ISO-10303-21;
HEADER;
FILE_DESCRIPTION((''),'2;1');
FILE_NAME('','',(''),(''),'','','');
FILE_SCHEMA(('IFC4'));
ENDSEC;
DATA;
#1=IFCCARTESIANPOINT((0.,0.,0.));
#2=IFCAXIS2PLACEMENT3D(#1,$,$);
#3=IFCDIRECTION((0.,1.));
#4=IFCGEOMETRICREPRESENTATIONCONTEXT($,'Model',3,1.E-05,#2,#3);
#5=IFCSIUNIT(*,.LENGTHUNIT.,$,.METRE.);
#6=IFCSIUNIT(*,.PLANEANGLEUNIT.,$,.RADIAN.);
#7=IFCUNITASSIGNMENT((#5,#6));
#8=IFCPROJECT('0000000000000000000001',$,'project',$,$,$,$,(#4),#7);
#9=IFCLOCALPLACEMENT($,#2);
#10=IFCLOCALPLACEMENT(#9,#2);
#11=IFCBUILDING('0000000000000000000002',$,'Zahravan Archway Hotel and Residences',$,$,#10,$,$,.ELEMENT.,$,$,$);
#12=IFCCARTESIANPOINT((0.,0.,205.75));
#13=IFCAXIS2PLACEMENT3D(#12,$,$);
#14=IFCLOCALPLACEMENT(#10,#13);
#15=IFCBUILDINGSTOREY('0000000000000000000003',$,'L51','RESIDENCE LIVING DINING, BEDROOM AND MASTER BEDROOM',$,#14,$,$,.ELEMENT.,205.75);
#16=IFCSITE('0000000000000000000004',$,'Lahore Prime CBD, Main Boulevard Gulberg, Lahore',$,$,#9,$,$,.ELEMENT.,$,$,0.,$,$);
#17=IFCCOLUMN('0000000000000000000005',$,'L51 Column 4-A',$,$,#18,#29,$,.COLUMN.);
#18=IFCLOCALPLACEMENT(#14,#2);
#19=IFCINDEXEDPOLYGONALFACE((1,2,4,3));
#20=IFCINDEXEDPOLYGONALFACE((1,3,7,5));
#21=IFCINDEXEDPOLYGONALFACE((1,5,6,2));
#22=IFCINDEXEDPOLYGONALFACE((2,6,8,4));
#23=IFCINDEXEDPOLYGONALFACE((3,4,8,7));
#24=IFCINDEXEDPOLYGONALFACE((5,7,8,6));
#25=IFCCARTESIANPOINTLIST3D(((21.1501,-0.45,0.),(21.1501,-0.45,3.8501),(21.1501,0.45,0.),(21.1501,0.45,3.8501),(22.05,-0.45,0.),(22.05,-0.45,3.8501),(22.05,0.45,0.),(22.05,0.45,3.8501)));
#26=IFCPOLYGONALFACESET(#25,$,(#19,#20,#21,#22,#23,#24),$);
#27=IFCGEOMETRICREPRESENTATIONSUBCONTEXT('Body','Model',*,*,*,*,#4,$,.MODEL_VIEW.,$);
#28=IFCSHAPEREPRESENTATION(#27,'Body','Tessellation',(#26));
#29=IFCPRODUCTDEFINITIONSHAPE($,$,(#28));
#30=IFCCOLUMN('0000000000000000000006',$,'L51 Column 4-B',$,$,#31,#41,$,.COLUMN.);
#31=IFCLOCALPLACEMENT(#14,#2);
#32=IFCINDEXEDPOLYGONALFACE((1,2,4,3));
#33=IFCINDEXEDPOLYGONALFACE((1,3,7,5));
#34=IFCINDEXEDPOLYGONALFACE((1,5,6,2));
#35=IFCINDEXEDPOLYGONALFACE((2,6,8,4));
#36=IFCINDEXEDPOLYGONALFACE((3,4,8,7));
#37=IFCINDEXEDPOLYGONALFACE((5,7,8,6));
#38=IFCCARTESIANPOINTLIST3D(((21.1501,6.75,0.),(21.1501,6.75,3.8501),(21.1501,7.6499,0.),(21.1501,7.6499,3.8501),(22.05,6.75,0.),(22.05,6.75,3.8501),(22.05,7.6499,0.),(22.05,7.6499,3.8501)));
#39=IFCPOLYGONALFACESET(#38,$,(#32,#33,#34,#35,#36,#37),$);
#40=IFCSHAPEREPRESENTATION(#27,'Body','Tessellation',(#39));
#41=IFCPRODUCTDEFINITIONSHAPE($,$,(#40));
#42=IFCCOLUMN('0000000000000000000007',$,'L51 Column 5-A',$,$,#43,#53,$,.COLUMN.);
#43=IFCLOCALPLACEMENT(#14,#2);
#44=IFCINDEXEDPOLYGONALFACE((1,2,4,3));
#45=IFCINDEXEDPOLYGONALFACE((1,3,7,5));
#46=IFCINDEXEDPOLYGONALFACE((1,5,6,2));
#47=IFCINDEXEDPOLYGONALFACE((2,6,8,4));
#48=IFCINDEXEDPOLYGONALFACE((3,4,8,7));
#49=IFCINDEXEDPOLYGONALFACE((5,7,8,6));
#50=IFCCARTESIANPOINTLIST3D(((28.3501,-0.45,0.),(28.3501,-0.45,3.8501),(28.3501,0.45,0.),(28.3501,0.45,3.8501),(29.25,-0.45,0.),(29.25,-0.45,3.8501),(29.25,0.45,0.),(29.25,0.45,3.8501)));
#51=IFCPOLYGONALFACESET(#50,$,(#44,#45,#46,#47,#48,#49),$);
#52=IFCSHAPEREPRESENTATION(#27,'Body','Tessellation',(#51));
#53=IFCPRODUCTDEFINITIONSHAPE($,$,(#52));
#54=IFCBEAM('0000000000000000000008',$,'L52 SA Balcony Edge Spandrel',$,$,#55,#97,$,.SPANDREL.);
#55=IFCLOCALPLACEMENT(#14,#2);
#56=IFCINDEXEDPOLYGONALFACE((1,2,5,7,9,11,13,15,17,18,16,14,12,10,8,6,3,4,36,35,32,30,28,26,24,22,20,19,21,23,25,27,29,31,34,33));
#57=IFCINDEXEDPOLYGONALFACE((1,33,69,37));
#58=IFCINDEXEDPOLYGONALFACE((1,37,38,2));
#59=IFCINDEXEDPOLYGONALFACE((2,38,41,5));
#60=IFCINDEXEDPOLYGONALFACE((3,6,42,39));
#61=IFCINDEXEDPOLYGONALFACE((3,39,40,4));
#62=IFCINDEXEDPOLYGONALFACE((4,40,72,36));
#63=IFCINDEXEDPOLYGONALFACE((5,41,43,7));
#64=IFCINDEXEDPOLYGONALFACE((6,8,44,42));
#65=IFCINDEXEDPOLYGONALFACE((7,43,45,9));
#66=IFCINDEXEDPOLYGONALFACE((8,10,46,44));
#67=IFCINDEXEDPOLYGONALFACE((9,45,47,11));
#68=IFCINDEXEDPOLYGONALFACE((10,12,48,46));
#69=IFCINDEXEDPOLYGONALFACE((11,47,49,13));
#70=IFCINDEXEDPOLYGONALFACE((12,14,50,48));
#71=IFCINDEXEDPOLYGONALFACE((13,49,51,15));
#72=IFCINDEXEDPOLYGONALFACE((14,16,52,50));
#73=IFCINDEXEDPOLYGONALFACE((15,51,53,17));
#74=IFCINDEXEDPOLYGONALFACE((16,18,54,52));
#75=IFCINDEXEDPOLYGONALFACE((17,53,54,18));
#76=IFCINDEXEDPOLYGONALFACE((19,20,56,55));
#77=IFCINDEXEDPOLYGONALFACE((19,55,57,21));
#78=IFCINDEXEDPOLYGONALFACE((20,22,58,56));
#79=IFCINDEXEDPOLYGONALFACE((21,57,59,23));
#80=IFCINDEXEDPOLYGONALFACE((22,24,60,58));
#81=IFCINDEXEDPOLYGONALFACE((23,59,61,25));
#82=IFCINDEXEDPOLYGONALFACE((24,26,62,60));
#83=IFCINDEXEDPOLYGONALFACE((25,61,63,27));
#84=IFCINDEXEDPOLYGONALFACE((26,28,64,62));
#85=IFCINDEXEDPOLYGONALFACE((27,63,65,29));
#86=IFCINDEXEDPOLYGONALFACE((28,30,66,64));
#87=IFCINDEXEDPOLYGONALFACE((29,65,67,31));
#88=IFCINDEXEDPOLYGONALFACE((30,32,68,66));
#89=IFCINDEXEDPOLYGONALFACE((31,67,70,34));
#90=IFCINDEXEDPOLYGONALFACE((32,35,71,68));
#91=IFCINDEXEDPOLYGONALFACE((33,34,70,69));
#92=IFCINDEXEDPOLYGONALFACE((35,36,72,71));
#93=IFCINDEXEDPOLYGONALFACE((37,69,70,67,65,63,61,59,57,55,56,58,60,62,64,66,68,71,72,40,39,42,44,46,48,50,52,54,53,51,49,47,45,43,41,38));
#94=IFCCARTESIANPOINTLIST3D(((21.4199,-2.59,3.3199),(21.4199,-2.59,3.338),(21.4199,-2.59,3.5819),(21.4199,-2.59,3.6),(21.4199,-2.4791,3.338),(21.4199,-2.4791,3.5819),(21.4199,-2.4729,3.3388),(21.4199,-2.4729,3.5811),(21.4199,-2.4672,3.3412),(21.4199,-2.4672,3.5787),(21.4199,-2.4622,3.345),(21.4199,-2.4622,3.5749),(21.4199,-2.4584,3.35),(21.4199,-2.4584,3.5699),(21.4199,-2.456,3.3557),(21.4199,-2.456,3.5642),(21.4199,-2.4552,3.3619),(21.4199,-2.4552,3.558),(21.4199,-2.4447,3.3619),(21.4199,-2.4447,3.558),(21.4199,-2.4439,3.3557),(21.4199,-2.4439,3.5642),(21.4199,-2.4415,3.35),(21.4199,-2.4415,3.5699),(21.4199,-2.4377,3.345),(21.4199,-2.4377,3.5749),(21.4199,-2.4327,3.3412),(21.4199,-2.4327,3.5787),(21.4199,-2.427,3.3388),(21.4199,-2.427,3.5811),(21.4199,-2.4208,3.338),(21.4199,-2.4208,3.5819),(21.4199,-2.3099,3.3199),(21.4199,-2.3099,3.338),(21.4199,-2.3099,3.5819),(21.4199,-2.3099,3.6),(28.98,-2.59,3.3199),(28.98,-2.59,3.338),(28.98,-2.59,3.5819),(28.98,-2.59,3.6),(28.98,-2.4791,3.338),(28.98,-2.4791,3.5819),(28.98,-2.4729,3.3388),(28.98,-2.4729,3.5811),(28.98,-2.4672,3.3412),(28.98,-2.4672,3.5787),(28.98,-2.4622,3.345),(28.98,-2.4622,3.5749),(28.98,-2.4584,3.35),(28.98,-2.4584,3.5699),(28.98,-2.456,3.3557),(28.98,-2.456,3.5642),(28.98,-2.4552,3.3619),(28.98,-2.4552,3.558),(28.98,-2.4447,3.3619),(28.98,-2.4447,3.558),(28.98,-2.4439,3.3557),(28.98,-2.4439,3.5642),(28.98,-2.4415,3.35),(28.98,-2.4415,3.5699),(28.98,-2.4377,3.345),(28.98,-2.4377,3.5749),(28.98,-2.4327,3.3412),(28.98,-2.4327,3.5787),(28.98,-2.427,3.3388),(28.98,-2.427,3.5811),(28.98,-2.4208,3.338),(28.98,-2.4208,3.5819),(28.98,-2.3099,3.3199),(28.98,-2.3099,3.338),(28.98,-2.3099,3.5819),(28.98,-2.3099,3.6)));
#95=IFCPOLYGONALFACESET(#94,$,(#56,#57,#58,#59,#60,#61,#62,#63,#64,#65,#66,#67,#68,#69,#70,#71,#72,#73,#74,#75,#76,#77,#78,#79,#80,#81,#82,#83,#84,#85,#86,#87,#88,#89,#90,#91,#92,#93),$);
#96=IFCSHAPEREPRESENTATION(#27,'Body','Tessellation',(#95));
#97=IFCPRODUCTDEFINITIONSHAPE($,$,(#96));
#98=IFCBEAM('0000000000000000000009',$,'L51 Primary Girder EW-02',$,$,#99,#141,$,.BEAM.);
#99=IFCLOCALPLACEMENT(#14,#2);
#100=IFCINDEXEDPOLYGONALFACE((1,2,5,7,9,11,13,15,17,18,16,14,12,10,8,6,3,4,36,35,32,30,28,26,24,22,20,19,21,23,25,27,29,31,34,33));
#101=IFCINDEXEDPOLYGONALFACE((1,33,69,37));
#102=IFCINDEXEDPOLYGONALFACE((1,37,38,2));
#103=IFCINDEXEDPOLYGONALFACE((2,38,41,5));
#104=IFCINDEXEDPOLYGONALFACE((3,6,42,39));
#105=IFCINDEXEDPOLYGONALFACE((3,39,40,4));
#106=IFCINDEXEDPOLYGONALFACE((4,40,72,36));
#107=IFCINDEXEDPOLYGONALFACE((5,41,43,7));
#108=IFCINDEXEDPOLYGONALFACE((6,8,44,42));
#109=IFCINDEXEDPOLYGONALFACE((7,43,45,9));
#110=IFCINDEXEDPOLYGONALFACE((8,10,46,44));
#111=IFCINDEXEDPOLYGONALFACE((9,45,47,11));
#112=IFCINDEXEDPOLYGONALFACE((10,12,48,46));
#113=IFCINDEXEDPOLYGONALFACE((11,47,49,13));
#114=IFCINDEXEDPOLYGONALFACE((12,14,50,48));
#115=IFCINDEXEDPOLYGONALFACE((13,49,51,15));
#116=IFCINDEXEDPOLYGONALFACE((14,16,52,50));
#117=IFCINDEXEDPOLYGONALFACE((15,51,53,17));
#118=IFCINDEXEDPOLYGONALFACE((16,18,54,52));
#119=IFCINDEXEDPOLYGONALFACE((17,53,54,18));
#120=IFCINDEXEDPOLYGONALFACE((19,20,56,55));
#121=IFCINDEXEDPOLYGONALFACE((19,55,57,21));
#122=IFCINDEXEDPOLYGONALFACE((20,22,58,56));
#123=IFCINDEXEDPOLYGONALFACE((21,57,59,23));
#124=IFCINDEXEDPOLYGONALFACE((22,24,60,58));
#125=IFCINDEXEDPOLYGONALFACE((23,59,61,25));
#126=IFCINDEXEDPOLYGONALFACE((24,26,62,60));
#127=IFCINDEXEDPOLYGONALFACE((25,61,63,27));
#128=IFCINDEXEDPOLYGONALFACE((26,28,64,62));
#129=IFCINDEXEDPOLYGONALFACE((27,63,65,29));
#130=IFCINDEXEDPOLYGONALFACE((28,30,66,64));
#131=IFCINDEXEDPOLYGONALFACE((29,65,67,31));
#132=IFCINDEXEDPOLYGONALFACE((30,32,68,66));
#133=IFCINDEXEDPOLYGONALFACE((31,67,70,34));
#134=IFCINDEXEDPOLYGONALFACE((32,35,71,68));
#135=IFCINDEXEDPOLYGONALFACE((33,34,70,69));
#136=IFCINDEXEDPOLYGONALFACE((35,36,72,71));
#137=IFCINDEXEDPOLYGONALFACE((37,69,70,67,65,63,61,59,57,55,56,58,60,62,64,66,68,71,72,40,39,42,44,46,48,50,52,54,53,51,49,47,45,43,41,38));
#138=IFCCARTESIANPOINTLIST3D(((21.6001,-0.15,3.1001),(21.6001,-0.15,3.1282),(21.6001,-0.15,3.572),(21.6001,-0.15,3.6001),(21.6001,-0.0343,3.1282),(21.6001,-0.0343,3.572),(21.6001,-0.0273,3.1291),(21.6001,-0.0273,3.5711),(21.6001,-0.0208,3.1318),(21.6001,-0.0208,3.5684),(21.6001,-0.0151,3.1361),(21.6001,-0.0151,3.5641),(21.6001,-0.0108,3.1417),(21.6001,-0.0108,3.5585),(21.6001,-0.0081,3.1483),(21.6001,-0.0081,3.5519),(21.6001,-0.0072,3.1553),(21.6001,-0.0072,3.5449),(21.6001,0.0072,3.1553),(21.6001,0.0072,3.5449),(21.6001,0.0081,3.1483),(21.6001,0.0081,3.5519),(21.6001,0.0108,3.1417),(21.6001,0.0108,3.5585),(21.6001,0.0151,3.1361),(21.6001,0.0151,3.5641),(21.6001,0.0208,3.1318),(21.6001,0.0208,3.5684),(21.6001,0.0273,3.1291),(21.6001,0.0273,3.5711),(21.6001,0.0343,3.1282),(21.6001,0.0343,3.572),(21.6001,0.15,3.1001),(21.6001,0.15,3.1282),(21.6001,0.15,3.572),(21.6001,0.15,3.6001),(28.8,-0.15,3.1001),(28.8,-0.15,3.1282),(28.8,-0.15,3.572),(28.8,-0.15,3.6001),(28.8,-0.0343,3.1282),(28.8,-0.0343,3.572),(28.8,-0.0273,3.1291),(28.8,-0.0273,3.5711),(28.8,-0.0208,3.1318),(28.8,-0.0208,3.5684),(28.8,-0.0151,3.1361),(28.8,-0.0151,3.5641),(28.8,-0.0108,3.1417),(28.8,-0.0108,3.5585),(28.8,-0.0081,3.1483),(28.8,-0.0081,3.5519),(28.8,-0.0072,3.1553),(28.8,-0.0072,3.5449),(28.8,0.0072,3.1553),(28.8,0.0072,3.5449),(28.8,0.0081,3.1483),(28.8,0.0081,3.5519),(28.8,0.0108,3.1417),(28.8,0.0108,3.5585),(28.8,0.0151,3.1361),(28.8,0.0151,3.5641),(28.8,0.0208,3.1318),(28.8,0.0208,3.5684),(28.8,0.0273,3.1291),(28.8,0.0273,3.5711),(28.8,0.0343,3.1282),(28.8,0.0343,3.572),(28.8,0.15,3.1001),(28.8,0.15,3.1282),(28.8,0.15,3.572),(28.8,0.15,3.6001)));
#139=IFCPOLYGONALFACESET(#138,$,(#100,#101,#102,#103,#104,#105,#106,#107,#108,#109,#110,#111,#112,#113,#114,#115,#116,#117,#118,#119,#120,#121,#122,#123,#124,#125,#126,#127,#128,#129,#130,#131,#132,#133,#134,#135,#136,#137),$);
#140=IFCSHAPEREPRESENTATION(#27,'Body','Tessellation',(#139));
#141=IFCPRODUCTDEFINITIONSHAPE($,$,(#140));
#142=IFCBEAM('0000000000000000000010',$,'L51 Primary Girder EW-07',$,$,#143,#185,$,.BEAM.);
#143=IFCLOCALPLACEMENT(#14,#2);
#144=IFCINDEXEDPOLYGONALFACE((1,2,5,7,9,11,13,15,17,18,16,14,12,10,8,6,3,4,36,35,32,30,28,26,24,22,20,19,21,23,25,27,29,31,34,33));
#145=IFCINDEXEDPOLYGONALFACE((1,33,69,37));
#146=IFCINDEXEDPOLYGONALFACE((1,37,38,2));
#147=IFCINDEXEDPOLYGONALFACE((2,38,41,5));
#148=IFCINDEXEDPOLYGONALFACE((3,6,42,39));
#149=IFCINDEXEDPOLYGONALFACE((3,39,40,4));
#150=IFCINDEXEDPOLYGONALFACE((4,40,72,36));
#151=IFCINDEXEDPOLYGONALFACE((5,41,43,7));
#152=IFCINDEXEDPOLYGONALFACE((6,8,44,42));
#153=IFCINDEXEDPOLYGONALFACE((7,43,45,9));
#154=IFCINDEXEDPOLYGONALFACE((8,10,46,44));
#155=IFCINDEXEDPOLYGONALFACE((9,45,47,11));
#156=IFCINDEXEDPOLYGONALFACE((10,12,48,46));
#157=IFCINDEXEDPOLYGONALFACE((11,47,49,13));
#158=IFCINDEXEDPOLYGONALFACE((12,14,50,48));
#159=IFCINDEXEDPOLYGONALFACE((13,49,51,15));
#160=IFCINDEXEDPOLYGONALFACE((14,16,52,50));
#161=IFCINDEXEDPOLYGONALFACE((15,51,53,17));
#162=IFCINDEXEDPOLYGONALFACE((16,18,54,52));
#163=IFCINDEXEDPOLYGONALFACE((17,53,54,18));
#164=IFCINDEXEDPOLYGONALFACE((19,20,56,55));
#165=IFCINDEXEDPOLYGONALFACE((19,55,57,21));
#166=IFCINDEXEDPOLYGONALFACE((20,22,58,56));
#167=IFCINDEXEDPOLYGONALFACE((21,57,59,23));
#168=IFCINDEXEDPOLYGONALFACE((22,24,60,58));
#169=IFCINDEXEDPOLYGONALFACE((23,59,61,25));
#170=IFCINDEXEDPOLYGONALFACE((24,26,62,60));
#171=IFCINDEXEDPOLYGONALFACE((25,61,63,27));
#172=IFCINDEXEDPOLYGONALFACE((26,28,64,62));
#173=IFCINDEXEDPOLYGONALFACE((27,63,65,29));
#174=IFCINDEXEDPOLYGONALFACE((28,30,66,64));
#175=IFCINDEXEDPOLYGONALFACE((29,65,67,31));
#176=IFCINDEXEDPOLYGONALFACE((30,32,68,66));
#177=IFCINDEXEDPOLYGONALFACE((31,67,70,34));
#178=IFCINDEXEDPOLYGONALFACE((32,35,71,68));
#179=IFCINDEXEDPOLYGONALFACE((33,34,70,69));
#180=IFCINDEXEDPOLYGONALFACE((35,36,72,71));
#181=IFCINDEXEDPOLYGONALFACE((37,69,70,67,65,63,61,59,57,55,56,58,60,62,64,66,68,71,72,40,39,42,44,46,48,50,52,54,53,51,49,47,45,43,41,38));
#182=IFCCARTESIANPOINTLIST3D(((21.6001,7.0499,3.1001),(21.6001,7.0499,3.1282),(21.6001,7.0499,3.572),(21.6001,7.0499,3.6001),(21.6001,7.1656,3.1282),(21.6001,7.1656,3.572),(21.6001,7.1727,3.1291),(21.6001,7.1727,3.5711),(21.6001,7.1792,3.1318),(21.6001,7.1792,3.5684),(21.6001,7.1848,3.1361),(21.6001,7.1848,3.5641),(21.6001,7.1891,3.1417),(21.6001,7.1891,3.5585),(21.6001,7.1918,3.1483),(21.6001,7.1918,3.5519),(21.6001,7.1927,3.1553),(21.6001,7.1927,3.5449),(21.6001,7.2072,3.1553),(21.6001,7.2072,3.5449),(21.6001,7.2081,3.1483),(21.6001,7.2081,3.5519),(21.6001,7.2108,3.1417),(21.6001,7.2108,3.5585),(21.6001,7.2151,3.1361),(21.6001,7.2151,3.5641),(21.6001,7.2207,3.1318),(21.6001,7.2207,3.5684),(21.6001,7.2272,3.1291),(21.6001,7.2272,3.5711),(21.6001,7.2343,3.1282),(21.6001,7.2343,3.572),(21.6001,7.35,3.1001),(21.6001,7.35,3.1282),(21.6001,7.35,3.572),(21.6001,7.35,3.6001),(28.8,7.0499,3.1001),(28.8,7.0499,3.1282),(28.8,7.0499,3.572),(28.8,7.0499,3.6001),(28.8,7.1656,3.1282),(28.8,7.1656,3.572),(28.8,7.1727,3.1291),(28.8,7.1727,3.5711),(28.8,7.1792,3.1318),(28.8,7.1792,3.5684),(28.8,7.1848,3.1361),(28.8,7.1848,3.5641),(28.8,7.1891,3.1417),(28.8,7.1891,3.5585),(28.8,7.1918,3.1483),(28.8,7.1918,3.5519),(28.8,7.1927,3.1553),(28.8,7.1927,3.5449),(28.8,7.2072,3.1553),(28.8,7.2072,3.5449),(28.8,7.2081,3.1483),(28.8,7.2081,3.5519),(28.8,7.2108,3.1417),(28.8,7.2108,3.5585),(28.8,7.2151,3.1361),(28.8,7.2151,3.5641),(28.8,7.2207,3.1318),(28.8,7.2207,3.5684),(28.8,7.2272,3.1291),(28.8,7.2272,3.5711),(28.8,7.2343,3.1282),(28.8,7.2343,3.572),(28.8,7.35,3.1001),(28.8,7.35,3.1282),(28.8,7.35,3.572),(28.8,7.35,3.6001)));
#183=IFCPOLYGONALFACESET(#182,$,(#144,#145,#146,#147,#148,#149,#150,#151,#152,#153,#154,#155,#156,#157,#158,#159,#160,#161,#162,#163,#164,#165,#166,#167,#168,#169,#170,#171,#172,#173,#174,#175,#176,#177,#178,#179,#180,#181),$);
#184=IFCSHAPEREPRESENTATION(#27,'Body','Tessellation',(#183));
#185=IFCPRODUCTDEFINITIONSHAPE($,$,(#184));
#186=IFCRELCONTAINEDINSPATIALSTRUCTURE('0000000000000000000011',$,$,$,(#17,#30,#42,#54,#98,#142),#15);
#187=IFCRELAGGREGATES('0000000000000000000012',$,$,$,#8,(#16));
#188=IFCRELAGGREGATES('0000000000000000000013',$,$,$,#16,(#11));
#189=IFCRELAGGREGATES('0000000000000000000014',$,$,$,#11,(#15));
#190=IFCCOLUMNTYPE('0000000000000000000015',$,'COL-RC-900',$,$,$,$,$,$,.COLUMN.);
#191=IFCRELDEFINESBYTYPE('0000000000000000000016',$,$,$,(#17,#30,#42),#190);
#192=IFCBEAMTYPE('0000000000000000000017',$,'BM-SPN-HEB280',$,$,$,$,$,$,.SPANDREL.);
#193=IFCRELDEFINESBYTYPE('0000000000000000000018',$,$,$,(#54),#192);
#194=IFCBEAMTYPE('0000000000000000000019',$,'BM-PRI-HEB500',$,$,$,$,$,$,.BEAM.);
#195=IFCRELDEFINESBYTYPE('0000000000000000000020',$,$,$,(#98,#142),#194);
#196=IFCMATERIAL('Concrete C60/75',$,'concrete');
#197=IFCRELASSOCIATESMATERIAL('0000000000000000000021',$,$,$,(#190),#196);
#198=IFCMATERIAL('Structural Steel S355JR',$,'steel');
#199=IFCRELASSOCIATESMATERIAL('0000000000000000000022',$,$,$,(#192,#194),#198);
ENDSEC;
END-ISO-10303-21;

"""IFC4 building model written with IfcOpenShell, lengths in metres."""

from ifc_helpers import new_model, si_unit, direction, frame, origin, origin_2d, place, context, subcontext, project, spatial, rectangle, i_section, extrude, source, transform, mapped, material, material_profile, profile_set, type_object, type_shapes, element, save


model = new_model("IFC4")

# Units and contexts
model_context = context("Model", 3, precision=1e-05, world=origin(), true_north=direction((0.0, 1.0)))
body_context = subcontext(model_context, "Body", "Model", "MODEL_VIEW")
ifc_project = project(units=[si_unit("LENGTHUNIT", "METRE"), si_unit("PLANEANGLEUNIT", "RADIAN")], contexts=[model_context])

# Site, building, storey
site_placement = place(None, origin())
site = spatial("IfcSite", under=ifc_project, at=site_placement, Name="Lahore Prime CBD, Main Boulevard Gulberg, Lahore", CompositionType="ELEMENT", RefElevation=0.0)
building_placement = place(site_placement, origin())
building = spatial("IfcBuilding", under=site, at=building_placement, Name="Zahravan Archway Hotel and Residences", CompositionType="ELEMENT")
storey_placement = place(building_placement, frame((0.0, 0.0, 205.75)))
storey = spatial("IfcBuildingStorey", under=building, at=storey_placement, Name="L51", Description="RESIDENCE LIVING DINING, BEDROOM AND MASTER BEDROOM", CompositionType="ELEMENT", Elevation=205.75)

# Columns
ifc_material_1 = material(Name="Concrete C60/75", Category="concrete")
ifc_material_profile_1 = material_profile(ifc_material_1, rectangle(XDim=0.8999, YDim=0.8999, at=origin_2d()), Name="RC-COL-900x900", Category="concrete")
ifc_profile_set_1 = profile_set([ifc_material_profile_1], Name="Concrete C60/75")
column_type = type_object("IfcColumnType", Name="COL-RC-900", PredefinedType="COLUMN", material=ifc_profile_set_1)
shared_shape_1 = source(origin(), body_context, "Body", "SweptSolid", [
    extrude(rectangle(XDim=0.8999, YDim=0.8999, at=origin_2d()), origin(), (0.0, 0.0, 1.0), 3.8501),
])
type_shapes(column_type, [shared_shape_1])
for number, where, z_axis, x_axis, name in (
    (1, (21.6001, 0.0, 0.0), (0.0, 0.0, 1.0), (1.0, 0.0, 0.0), "L51 Column 4-A"),
    (2, (21.6001, 7.2, 0.0), (0.0, 0.0, 1.0), (1.0, 0.0, 0.0), "L51 Column 4-B"),
    (3, (28.8, 0.0, 0.0), (0.0, 0.0, 1.0), (1.0, 0.0, 0.0), "L51 Column 5-A"),
):
    element("IfcColumn", number, at=place(storey_placement, frame(where, z_axis=z_axis, x_axis=x_axis)), inside=storey, type_object=column_type, Name=name, PredefinedType="COLUMN", context=body_context, shape_type="MappedRepresentation", body=[
        mapped(shared_shape_1, transform((0.0, 0.0, 0.0), scale=1.0)),
    ])

# Beams
ifc_material_2 = material(Name="Structural Steel S355JR", Category="steel")
ifc_material_profile_2 = material_profile(ifc_material_2, i_section(OverallWidth=0.28, OverallDepth=0.28, WebThickness=0.0105, FlangeThickness=0.0181, FilletRadius=0.0239, at=origin_2d()), Name="HEB 280", Category="steel")
ifc_profile_set_2 = profile_set([ifc_material_profile_2], Name="Structural Steel S355JR")
beam_type_1 = type_object("IfcBeamType", Name="BM-SPN-HEB280", PredefinedType="SPANDREL", material=ifc_profile_set_2)
shared_shape_2 = source(origin(), body_context, "Body", "SweptSolid", [
    extrude(i_section(OverallWidth=0.28, OverallDepth=0.28, WebThickness=0.0105, FlangeThickness=0.0181, FilletRadius=0.0239, at=origin_2d()), origin(), (0.0, 0.0, 1.0), 7.5601),
])
type_shapes(beam_type_1, [shared_shape_2])
beam_placement = place(storey_placement, frame((21.4199, -2.45, 3.46), z_axis=(1.0, 0.0, 0.0), x_axis=(0.0, 1.0, 0.0)))
element("IfcBeam", 4, at=beam_placement, inside=storey, type_object=beam_type_1, Name="L52 SA Balcony Edge Spandrel", PredefinedType="SPANDREL", context=body_context, shape_type="MappedRepresentation", body=[
    mapped(shared_shape_2, transform((0.0, 0.0, 0.0), scale=1.0)),
])
ifc_material_profile_3 = material_profile(ifc_material_2, i_section(OverallWidth=0.3, OverallDepth=0.5, WebThickness=0.0144, FlangeThickness=0.0281, FilletRadius=0.0271, at=origin_2d()), Name="HEB 500", Category="steel")
ifc_profile_set_3 = profile_set([ifc_material_profile_3], Name="Structural Steel S355JR")
beam_type_2 = type_object("IfcBeamType", Name="BM-PRI-HEB500", PredefinedType="BEAM", material=ifc_profile_set_3)
shared_shape_3 = source(origin(), body_context, "Body", "SweptSolid", [
    extrude(i_section(OverallWidth=0.3, OverallDepth=0.5, WebThickness=0.0144, FlangeThickness=0.0281, FilletRadius=0.0271, at=origin_2d()), origin(), (0.0, 0.0, 1.0), 7.2),
])
for number, where, z_axis, x_axis, name in (
    (5, (21.6001, 0.0, 3.3501), (1.0, 0.0, 0.0), (0.0, 1.0, 0.0), "L51 Primary Girder EW-02"),
    (6, (21.6001, 7.2, 3.3501), (1.0, 0.0, 0.0), (0.0, 1.0, 0.0), "L51 Primary Girder EW-07"),
):
    element("IfcBeam", number, at=place(storey_placement, frame(where, z_axis=z_axis, x_axis=x_axis)), inside=storey, type_object=beam_type_2, Name=name, PredefinedType="BEAM", context=body_context, shape_type="MappedRepresentation", body=[
        mapped(shared_shape_3, transform((0.0, 0.0, 0.0), scale=1.0)),
    ])

save(model, "model.ifc")
